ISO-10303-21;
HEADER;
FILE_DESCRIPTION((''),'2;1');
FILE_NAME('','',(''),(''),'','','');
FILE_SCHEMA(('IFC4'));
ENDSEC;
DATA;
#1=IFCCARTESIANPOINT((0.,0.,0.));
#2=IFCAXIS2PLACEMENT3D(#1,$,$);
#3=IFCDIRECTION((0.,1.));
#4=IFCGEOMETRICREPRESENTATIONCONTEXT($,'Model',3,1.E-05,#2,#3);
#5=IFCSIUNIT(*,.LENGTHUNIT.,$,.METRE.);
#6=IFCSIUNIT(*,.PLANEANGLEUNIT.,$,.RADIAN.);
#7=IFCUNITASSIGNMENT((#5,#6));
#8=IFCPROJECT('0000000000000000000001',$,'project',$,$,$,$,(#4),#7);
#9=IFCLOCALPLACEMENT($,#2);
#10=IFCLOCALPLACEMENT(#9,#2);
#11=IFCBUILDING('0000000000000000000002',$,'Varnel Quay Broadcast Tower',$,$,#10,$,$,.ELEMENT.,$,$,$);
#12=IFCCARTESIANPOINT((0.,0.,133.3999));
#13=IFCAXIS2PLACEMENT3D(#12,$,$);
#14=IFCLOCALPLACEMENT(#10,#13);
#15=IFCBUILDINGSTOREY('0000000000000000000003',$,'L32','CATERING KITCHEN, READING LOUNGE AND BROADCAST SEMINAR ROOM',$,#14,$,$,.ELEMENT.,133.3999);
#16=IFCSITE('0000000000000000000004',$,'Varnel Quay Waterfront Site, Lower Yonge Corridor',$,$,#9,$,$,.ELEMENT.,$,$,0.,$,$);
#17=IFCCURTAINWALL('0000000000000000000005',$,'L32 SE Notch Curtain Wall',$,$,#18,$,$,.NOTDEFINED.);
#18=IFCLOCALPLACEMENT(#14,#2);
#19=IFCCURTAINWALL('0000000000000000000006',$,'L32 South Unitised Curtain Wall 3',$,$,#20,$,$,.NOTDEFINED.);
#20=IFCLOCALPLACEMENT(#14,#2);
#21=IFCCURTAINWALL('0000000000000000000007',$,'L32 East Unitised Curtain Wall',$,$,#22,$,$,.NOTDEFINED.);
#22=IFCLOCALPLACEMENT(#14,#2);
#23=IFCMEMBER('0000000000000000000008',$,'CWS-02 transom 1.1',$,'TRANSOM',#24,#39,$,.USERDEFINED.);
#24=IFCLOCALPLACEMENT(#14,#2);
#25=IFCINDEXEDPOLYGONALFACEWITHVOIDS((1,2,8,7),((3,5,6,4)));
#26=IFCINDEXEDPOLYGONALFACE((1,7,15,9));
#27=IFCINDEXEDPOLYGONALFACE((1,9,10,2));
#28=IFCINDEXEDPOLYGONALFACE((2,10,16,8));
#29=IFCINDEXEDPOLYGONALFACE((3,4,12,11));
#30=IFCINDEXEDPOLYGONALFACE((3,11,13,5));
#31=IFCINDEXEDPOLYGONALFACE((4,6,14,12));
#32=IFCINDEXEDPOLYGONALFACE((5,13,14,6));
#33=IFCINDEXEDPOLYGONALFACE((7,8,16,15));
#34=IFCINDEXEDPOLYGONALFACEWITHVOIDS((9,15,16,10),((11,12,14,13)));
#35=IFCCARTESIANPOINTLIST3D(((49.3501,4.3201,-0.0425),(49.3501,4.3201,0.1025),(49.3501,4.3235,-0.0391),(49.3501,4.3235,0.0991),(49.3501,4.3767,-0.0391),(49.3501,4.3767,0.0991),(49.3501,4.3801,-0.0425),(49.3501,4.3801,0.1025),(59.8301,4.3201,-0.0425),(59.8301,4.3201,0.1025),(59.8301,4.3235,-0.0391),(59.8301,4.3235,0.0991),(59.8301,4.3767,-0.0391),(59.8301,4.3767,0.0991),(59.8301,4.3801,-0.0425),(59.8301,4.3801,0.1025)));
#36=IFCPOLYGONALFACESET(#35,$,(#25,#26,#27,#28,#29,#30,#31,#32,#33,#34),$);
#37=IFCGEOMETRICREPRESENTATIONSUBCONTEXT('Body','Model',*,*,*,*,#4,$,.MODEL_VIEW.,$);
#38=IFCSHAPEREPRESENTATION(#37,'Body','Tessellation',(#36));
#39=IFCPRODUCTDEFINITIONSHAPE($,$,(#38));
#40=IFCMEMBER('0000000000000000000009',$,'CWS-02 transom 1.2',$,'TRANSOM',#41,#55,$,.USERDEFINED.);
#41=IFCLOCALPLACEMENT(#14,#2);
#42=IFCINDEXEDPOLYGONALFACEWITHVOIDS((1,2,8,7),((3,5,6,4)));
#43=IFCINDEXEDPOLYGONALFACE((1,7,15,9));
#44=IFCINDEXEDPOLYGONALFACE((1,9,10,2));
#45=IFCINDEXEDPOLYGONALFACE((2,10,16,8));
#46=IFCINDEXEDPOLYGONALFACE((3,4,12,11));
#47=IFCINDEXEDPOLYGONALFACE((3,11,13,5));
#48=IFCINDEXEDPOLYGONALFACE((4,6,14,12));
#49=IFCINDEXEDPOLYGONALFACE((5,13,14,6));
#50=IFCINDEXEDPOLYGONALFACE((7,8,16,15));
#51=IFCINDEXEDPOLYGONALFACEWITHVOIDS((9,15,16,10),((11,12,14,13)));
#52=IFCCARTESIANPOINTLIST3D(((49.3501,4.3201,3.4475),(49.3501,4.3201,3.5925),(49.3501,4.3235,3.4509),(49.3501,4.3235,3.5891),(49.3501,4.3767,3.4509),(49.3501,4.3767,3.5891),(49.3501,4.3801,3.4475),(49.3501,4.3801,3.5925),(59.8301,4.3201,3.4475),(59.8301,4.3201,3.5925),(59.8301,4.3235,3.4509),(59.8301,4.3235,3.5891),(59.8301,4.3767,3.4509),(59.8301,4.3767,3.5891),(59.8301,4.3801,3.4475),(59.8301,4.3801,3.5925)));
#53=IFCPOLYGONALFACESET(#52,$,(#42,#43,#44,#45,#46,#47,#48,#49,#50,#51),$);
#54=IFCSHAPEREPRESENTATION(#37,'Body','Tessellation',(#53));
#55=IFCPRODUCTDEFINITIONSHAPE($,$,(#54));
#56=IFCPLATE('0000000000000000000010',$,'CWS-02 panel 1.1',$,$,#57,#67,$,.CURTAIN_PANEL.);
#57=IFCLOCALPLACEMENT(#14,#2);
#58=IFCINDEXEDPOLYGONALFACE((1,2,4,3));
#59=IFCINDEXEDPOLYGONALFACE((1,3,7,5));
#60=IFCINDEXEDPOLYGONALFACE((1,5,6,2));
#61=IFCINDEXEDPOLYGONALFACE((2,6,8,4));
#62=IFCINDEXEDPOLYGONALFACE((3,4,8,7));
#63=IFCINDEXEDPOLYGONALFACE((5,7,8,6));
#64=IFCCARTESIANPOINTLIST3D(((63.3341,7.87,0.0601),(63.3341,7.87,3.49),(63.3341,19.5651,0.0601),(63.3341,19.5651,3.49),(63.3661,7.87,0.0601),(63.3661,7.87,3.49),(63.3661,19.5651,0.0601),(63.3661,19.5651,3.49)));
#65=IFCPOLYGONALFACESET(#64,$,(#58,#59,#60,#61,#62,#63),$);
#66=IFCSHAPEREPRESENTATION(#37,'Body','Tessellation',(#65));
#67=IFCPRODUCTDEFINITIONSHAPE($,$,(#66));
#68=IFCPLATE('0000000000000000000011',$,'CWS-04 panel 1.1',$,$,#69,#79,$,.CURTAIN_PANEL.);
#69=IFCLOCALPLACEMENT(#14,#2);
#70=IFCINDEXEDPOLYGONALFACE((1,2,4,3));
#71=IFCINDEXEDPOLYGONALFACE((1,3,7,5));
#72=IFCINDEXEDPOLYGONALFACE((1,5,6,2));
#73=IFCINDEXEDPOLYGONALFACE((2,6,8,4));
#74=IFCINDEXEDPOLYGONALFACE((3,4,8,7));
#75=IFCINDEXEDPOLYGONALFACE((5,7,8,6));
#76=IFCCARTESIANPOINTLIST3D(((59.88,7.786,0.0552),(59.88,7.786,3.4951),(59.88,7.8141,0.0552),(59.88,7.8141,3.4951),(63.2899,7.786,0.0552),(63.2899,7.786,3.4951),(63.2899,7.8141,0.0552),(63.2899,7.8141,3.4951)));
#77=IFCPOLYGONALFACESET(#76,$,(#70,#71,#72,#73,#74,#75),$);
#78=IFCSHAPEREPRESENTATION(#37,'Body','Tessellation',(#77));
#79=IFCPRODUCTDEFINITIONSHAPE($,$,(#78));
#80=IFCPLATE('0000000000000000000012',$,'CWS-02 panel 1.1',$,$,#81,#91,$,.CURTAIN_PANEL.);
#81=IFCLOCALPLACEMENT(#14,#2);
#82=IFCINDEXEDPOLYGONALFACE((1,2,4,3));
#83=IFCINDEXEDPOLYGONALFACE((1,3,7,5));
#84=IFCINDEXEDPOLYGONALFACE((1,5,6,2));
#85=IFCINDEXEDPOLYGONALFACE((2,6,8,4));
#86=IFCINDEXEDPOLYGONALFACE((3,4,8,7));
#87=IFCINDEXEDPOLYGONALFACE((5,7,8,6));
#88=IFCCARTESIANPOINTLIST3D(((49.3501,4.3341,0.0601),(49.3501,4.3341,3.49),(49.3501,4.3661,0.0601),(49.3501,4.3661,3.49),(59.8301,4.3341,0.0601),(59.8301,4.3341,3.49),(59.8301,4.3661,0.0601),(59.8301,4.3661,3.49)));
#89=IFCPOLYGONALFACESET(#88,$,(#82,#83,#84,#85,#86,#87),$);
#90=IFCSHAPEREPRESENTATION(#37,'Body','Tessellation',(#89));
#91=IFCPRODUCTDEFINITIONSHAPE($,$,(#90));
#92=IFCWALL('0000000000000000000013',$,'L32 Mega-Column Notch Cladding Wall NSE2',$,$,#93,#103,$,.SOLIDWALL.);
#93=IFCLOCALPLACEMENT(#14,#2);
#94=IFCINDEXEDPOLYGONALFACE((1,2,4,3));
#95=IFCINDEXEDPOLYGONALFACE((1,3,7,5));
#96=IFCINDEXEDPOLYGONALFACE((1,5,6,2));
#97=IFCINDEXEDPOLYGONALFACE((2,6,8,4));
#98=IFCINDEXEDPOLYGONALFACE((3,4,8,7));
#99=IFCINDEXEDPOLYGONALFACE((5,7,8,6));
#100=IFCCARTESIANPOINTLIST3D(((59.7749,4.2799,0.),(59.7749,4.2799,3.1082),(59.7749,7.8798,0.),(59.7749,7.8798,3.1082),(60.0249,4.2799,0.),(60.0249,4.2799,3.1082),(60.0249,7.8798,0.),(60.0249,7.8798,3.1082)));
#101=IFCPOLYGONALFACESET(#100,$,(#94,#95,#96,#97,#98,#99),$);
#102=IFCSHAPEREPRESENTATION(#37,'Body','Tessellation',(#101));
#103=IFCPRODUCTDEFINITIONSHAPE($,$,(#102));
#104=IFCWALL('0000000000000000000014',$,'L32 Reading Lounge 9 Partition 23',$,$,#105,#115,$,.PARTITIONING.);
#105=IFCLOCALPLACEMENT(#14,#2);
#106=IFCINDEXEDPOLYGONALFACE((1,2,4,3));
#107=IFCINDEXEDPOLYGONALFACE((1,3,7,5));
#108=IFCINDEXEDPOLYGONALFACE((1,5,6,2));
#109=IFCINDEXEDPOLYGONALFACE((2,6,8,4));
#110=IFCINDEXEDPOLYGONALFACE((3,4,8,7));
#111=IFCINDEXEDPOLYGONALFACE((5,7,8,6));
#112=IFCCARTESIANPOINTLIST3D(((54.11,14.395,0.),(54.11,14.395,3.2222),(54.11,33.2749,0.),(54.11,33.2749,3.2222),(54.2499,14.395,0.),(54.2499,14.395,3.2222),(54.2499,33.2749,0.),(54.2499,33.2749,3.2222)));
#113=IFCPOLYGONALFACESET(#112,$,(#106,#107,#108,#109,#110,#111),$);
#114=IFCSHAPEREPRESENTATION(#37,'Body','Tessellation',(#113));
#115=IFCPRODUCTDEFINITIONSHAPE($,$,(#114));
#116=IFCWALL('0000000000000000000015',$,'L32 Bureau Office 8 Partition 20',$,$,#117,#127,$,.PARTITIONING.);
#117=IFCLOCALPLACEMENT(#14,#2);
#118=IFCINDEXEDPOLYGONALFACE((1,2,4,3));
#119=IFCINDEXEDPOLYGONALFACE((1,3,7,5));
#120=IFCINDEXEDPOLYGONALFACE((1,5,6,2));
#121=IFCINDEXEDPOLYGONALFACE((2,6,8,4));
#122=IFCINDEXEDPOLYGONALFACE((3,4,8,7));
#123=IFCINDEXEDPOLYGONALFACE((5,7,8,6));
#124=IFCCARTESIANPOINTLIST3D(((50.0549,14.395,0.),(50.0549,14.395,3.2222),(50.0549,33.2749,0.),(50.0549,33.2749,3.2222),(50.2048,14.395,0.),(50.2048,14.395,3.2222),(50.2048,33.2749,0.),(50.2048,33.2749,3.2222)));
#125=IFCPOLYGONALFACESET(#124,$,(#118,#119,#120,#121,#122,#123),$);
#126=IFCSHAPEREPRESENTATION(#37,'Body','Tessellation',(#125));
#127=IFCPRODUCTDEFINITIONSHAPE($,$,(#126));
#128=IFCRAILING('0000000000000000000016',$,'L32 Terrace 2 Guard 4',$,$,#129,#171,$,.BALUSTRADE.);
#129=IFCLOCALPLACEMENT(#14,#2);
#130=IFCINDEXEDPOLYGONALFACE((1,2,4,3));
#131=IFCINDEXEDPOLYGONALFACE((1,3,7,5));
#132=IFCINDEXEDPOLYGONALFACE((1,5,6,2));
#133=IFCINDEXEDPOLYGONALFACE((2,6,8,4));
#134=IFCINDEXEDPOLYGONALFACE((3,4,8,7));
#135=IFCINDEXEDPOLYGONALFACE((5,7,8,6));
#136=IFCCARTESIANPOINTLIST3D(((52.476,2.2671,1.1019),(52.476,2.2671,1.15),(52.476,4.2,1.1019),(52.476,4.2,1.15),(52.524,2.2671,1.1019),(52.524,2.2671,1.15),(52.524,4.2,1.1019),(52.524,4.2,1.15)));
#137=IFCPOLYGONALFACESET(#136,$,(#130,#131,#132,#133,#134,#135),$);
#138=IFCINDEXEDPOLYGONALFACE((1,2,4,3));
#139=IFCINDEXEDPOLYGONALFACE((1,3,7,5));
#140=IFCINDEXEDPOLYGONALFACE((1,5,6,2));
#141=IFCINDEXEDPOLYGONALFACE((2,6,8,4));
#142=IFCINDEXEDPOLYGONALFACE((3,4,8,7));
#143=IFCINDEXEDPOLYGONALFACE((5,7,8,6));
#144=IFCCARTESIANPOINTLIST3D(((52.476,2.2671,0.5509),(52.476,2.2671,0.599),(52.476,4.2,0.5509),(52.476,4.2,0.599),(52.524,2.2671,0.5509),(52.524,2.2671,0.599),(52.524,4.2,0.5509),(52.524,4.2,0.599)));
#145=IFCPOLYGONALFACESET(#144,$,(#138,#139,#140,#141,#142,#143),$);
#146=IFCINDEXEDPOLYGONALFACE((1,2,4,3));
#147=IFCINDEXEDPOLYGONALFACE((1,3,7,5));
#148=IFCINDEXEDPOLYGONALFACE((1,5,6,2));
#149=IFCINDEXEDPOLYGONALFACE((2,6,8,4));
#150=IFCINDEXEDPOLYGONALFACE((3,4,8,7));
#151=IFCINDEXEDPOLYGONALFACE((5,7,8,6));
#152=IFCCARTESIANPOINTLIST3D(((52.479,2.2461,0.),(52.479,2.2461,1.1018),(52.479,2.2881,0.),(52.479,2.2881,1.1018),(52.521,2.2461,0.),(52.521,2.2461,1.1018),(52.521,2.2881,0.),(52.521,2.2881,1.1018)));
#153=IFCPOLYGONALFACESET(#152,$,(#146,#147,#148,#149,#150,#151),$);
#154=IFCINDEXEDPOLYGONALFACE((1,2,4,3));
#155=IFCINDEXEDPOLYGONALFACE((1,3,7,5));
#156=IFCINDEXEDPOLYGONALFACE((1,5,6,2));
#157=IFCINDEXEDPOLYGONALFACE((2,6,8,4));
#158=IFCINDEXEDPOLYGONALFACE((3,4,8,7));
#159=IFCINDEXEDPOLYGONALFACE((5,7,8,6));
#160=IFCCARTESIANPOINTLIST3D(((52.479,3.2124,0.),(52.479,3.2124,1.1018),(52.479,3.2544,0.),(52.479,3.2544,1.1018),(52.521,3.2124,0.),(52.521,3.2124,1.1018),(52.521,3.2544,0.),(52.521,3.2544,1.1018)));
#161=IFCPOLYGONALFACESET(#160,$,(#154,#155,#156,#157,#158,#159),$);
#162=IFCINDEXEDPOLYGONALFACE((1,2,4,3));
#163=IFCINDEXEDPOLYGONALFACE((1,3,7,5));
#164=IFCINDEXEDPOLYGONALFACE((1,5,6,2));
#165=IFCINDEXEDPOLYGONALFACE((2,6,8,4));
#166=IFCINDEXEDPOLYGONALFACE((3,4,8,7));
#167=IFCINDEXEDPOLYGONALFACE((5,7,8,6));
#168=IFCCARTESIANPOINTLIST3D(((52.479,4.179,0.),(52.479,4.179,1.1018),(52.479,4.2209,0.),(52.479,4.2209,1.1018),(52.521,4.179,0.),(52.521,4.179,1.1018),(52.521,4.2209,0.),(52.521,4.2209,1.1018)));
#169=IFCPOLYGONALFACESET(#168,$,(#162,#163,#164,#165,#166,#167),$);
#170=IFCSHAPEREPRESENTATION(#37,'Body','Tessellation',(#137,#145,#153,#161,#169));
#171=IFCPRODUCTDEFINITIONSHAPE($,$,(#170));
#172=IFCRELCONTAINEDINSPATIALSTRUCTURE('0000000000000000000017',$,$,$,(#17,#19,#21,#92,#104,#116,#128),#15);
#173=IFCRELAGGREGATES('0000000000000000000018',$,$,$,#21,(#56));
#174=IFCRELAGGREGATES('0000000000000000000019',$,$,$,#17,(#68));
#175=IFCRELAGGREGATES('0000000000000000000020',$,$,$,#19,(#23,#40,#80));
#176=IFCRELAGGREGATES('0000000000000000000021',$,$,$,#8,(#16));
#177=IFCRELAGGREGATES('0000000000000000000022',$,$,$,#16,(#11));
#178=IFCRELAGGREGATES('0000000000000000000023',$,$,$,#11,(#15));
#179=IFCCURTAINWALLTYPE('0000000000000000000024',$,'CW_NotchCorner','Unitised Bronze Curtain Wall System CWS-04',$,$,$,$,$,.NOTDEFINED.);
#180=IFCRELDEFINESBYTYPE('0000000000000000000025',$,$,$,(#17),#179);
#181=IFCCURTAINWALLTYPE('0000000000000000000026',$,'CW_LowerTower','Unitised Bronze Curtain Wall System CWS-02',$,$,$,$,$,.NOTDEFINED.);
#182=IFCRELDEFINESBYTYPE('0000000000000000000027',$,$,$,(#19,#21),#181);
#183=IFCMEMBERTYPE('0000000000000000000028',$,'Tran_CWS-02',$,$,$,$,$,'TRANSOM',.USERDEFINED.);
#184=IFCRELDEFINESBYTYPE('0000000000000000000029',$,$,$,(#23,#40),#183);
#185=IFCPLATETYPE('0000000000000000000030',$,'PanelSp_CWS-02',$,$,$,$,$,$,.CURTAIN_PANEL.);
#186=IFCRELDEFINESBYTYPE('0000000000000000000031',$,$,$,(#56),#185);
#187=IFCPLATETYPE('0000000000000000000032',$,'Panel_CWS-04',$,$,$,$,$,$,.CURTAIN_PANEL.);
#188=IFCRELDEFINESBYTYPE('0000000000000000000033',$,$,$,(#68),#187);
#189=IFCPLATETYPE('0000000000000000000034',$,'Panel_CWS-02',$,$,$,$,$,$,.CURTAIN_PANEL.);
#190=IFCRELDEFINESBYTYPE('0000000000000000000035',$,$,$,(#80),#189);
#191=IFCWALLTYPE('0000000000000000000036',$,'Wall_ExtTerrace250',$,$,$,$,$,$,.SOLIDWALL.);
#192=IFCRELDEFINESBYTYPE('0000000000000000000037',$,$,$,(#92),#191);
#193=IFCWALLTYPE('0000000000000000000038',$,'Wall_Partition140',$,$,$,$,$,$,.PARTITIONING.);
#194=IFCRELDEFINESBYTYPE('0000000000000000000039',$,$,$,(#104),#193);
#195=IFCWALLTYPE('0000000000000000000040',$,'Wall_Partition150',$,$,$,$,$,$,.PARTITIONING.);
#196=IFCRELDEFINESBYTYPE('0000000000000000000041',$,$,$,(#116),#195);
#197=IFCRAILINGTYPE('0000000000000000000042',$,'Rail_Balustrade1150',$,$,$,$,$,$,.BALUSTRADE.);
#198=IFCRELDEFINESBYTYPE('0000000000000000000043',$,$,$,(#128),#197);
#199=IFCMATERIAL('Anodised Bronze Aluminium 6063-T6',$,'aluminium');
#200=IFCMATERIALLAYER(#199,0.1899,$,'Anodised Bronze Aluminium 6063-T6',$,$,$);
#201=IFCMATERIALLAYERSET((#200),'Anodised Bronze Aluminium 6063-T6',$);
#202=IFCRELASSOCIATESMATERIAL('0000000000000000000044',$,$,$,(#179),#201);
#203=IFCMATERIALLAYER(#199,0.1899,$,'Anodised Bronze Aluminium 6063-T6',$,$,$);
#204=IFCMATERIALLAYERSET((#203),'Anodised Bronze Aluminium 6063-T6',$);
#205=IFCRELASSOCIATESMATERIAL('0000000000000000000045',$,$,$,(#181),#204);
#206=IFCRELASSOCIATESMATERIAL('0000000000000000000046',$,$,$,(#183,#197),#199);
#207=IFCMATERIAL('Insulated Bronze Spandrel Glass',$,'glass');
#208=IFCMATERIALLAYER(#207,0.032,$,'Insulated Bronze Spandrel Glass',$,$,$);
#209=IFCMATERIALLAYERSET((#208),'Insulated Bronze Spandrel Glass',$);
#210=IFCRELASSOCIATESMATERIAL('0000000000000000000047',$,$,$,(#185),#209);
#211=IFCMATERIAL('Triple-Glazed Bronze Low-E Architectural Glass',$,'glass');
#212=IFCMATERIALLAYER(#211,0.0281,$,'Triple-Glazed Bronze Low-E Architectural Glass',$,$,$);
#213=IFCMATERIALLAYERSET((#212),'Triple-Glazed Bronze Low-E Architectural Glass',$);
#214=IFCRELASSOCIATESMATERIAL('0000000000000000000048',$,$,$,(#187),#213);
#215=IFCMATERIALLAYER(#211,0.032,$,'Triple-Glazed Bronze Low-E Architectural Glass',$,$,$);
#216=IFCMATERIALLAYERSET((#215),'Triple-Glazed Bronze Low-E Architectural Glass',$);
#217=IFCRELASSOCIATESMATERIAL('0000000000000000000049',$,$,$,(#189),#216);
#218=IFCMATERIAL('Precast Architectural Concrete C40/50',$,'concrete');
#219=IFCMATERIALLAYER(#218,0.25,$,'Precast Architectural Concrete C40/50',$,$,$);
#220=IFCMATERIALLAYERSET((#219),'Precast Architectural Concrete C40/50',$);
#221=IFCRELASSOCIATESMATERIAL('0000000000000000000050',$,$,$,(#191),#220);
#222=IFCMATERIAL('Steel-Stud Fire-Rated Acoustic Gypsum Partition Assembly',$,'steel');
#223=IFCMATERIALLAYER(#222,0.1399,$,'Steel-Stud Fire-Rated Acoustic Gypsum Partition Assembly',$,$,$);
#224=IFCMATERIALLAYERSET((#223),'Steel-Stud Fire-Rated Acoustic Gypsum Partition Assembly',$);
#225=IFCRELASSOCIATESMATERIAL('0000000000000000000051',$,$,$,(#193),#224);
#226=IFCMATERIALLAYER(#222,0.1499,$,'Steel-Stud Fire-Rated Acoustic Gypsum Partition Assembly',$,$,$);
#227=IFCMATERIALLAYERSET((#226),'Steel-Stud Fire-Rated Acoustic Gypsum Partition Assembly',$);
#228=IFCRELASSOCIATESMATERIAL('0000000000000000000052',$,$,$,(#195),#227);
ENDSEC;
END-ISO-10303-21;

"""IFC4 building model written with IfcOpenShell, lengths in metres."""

from ifc_helpers import new_model, si_unit, direction, frame, frame_2d, origin, origin_2d, place, context, subcontext, project, spatial, rectangle, hollow_rectangle, extrude, source, transform, mapped, material, layer, layer_set, material_profile, profile_set, type_object, type_shapes, element, aggregate, save


model = new_model("IFC4")

# Units and contexts
model_context = context("Model", 3, precision=1e-05, world=origin(), true_north=direction((0.0, 1.0)))
body_context = subcontext(model_context, "Body", "Model", "MODEL_VIEW")
ifc_project = project(units=[si_unit("LENGTHUNIT", "METRE"), si_unit("PLANEANGLEUNIT", "RADIAN")], contexts=[model_context])

# Site, building, storey
site_placement = place(None, origin())
site = spatial("IfcSite", under=ifc_project, at=site_placement, Name="Varnel Quay Waterfront Site, Lower Yonge Corridor", CompositionType="ELEMENT", RefElevation=0.0)
building_placement = place(site_placement, origin())
building = spatial("IfcBuilding", under=site, at=building_placement, Name="Varnel Quay Broadcast Tower", CompositionType="ELEMENT")
storey_placement = place(building_placement, frame((0.0, 0.0, 133.3999)))
storey = spatial("IfcBuildingStorey", under=building, at=storey_placement, Name="L32", Description="CATERING KITCHEN, READING LOUNGE AND BROADCAST SEMINAR ROOM", CompositionType="ELEMENT", Elevation=133.3999)

# Curtain walls
ifc_material_1 = material(Name="Anodised Bronze Aluminium 6063-T6", Category="aluminium")
ifc_layer_1 = layer(ifc_material_1, 0.1899, Name="Anodised Bronze Aluminium 6063-T6")
ifc_layer_set_1 = layer_set([ifc_layer_1], Name="Anodised Bronze Aluminium 6063-T6")
curtain_wall_type_1 = type_object("IfcCurtainWallType", Name="CW_NotchCorner", Description="Unitised Bronze Curtain Wall System CWS-04", PredefinedType="NOTDEFINED", material=ifc_layer_set_1)
curtain_wall_1_placement = place(storey_placement, origin())
curtain_wall_1 = element("IfcCurtainWall", 1, at=curtain_wall_1_placement, inside=storey, type_object=curtain_wall_type_1, Name="L32 SE Notch Curtain Wall", PredefinedType="NOTDEFINED")
ifc_layer_2 = layer(ifc_material_1, 0.1899, Name="Anodised Bronze Aluminium 6063-T6")
ifc_layer_set_2 = layer_set([ifc_layer_2], Name="Anodised Bronze Aluminium 6063-T6")
curtain_wall_type_2 = type_object("IfcCurtainWallType", Name="CW_LowerTower", Description="Unitised Bronze Curtain Wall System CWS-02", PredefinedType="NOTDEFINED", material=ifc_layer_set_2)
curtain_wall_2_placement = place(storey_placement, origin())
curtain_wall_2 = element("IfcCurtainWall", 2, at=curtain_wall_2_placement, inside=storey, type_object=curtain_wall_type_2, Name="L32 South Unitised Curtain Wall 3", PredefinedType="NOTDEFINED")
curtain_wall_3_placement = place(storey_placement, origin())
curtain_wall_3 = element("IfcCurtainWall", 3, at=curtain_wall_3_placement, inside=storey, type_object=curtain_wall_type_2, Name="L32 East Unitised Curtain Wall", PredefinedType="NOTDEFINED")
ifc_material_profile_1 = material_profile(ifc_material_1, hollow_rectangle(XDim=0.0601, YDim=0.145, WallThickness=0.0034, at=origin_2d()), Name="ALU60X145X3.5")
ifc_profile_set_1 = profile_set([ifc_material_profile_1], Name="Anodised Bronze Aluminium 6063-T6")
member_type_1 = type_object("IfcMemberType", Name="Tran_CWS-02", ElementType="TRANSOM", PredefinedType="USERDEFINED", material=ifc_profile_set_1)

# Members
shared_shape_1 = source(origin(), body_context, "Body", "SweptSolid", [
    extrude(hollow_rectangle(XDim=0.0601, YDim=0.145, WallThickness=0.0034, at=origin_2d()), origin(), (0.0, 0.0, 1.0), 10.48),
])
member_1_placement = place(storey_placement, frame((49.3501, 4.3501, 0.03), z_axis=(1.0, 0.0, 0.0), x_axis=(0.0, 1.0, 0.0)))
member_1 = element("IfcMember", 4, at=member_1_placement, type_object=member_type_1, Name="CWS-02 transom 1.1", ObjectType="TRANSOM", PredefinedType="USERDEFINED", context=body_context, shape_type="MappedRepresentation", body=[
    mapped(shared_shape_1, transform((0.0, 0.0, 0.0), x_axis=(1.0, 0.0, 0.0), y_axis=(0.0, 1.0, 0.0), z_axis=(0.0, 0.0, 1.0), scale=1.0)),
])
member_2_placement = place(storey_placement, frame((49.3501, 4.3501, 3.52), z_axis=(1.0, 0.0, 0.0), x_axis=(0.0, 1.0, 0.0)))
member_2 = element("IfcMember", 5, at=member_2_placement, type_object=member_type_1, Name="CWS-02 transom 1.2", ObjectType="TRANSOM", PredefinedType="USERDEFINED", context=body_context, shape_type="MappedRepresentation", body=[
    mapped(shared_shape_1, transform((0.0, 0.0, 0.0), x_axis=(1.0, 0.0, 0.0), y_axis=(0.0, 1.0, 0.0), z_axis=(0.0, 0.0, 1.0), scale=1.0)),
])

# Plates
ifc_material_2 = material(Name="Insulated Bronze Spandrel Glass", Category="glass")
ifc_layer_3 = layer(ifc_material_2, 0.032, Name="Insulated Bronze Spandrel Glass")
ifc_layer_set_3 = layer_set([ifc_layer_3], Name="Insulated Bronze Spandrel Glass")
plate_type_1 = type_object("IfcPlateType", Name="PanelSp_CWS-02", PredefinedType="CURTAIN_PANEL", material=ifc_layer_set_3)
shared_shape_2 = source(origin(), body_context, "Body", "SweptSolid", [
    extrude(rectangle(XDim=11.6951, YDim=0.032, at=origin_2d()), origin(), (0.0, 0.0, 1.0), 3.4299),
])
type_shapes(plate_type_1, [shared_shape_2])
plate_1_placement = place(storey_placement, frame((63.3501, 13.7175, 0.0601), z_axis=(0.0, 0.0, 1.0), x_axis=(0.0, 1.0, 0.0)))
plate_1 = element("IfcPlate", 6, at=plate_1_placement, type_object=plate_type_1, Name="CWS-02 panel 1.1", PredefinedType="CURTAIN_PANEL", context=body_context, shape_type="MappedRepresentation", body=[
    mapped(shared_shape_2, transform((0.0, 0.0, 0.0), x_axis=(1.0, 0.0, 0.0), y_axis=(0.0, 1.0, 0.0), z_axis=(0.0, 0.0, 1.0), scale=1.0)),
])
aggregate(curtain_wall_3, [plate_1])
ifc_material_3 = material(Name="Triple-Glazed Bronze Low-E Architectural Glass", Category="glass")
ifc_layer_4 = layer(ifc_material_3, 0.0281, Name="Triple-Glazed Bronze Low-E Architectural Glass")
ifc_layer_set_4 = layer_set([ifc_layer_4], Name="Triple-Glazed Bronze Low-E Architectural Glass")
plate_type_2 = type_object("IfcPlateType", Name="Panel_CWS-04", PredefinedType="CURTAIN_PANEL", material=ifc_layer_set_4)
shared_shape_3 = source(origin(), body_context, "Body", "SweptSolid", [
    extrude(rectangle(XDim=3.4099, YDim=0.0281, at=origin_2d()), origin(), (0.0, 0.0, 1.0), 3.4399),
])
type_shapes(plate_type_2, [shared_shape_3])
plate_2_placement = place(storey_placement, frame((61.585, 7.8, 0.0552), z_axis=(0.0, 0.0, 1.0), x_axis=(1.0, 0.0, 0.0)))
plate_2 = element("IfcPlate", 7, at=plate_2_placement, type_object=plate_type_2, Name="CWS-04 panel 1.1", PredefinedType="CURTAIN_PANEL", context=body_context, shape_type="MappedRepresentation", body=[
    mapped(shared_shape_3, transform((0.0, 0.0, 0.0), x_axis=(1.0, 0.0, 0.0), y_axis=(0.0, 1.0, 0.0), z_axis=(0.0, 0.0, 1.0), scale=1.0)),
])
aggregate(curtain_wall_1, [plate_2])
ifc_layer_5 = layer(ifc_material_3, 0.032, Name="Triple-Glazed Bronze Low-E Architectural Glass")
ifc_layer_set_5 = layer_set([ifc_layer_5], Name="Triple-Glazed Bronze Low-E Architectural Glass")
plate_type_3 = type_object("IfcPlateType", Name="Panel_CWS-02", PredefinedType="CURTAIN_PANEL", material=ifc_layer_set_5)
shared_shape_4 = source(origin(), body_context, "Body", "SweptSolid", [
    extrude(rectangle(XDim=10.48, YDim=0.032, at=origin_2d()), origin(), (0.0, 0.0, 1.0), 3.4299),
])
type_shapes(plate_type_3, [shared_shape_4])
plate_3_placement = place(storey_placement, frame((54.5901, 4.3501, 0.0601), z_axis=(0.0, 0.0, 1.0), x_axis=(1.0, 0.0, 0.0)))
plate_3 = element("IfcPlate", 8, at=plate_3_placement, type_object=plate_type_3, Name="CWS-02 panel 1.1", PredefinedType="CURTAIN_PANEL", context=body_context, shape_type="MappedRepresentation", body=[
    mapped(shared_shape_4, transform((0.0, 0.0, 0.0), x_axis=(1.0, 0.0, 0.0), y_axis=(0.0, 1.0, 0.0), z_axis=(0.0, 0.0, 1.0), scale=1.0)),
])
aggregate(curtain_wall_2, [member_1, member_2, plate_3])

# Walls
ifc_material_4 = material(Name="Precast Architectural Concrete C40/50", Category="concrete")
ifc_layer_6 = layer(ifc_material_4, 0.25, Name="Precast Architectural Concrete C40/50")
ifc_layer_set_6 = layer_set([ifc_layer_6], Name="Precast Architectural Concrete C40/50")
wall_type_1 = type_object("IfcWallType", Name="Wall_ExtTerrace250", PredefinedType="SOLIDWALL", material=ifc_layer_set_6)
wall_1_placement = place(storey_placement, frame((59.8999, 4.28, 0.0), z_axis=(0.0, 0.0, 1.0), x_axis=(0.0, 1.0, 0.0)))
element("IfcWall", 9, at=wall_1_placement, inside=storey, type_object=wall_type_1, Name="L32 Mega-Column Notch Cladding Wall NSE2", PredefinedType="SOLIDWALL", context=body_context, shape_type="SweptSolid", body=[
    extrude(rectangle(XDim=3.5999, YDim=0.25, at=frame_2d((1.7998, 0.0))), origin(), (0.0, 0.0, 1.0), 3.1082),
])
ifc_material_5 = material(Name="Steel-Stud Fire-Rated Acoustic Gypsum Partition Assembly", Category="steel")
ifc_layer_7 = layer(ifc_material_5, 0.1399, Name="Steel-Stud Fire-Rated Acoustic Gypsum Partition Assembly")
ifc_layer_set_7 = layer_set([ifc_layer_7], Name="Steel-Stud Fire-Rated Acoustic Gypsum Partition Assembly")
wall_type_2 = type_object("IfcWallType", Name="Wall_Partition140", PredefinedType="PARTITIONING", material=ifc_layer_set_7)
wall_2_placement = place(storey_placement, frame((54.1799, 14.395, 0.0), z_axis=(0.0, 0.0, 1.0), x_axis=(0.0, 1.0, 0.0)))
element("IfcWall", 10, at=wall_2_placement, inside=storey, type_object=wall_type_2, Name="L32 Reading Lounge 9 Partition 23", PredefinedType="PARTITIONING", context=body_context, shape_type="SweptSolid", body=[
    extrude(rectangle(XDim=18.8799, YDim=0.1399, at=frame_2d((9.4399, 0.0))), origin(), (0.0, 0.0, 1.0), 3.2222),
])
ifc_layer_8 = layer(ifc_material_5, 0.1499, Name="Steel-Stud Fire-Rated Acoustic Gypsum Partition Assembly")
ifc_layer_set_8 = layer_set([ifc_layer_8], Name="Steel-Stud Fire-Rated Acoustic Gypsum Partition Assembly")
wall_type_3 = type_object("IfcWallType", Name="Wall_Partition150", PredefinedType="PARTITIONING", material=ifc_layer_set_8)
wall_3_placement = place(storey_placement, frame((50.1299, 14.395, 0.0), z_axis=(0.0, 0.0, 1.0), x_axis=(0.0, 1.0, 0.0)))
element("IfcWall", 11, at=wall_3_placement, inside=storey, type_object=wall_type_3, Name="L32 Bureau Office 8 Partition 20", PredefinedType="PARTITIONING", context=body_context, shape_type="SweptSolid", body=[
    extrude(rectangle(XDim=18.8799, YDim=0.1499, at=frame_2d((9.4399, 0.0))), origin(), (0.0, 0.0, 1.0), 3.2222),
])

# Railing
railing_type = type_object("IfcRailingType", Name="Rail_Balustrade1150", PredefinedType="BALUSTRADE", material=ifc_material_1)
railing_placement = place(storey_placement, frame((52.5, 2.2671, 0.0)))
element("IfcRailing", 12, at=railing_placement, inside=storey, type_object=railing_type, Name="L32 Terrace 2 Guard 4", PredefinedType="BALUSTRADE", context=body_context, shape_type="SweptSolid", body=[
    extrude(rectangle(XDim=0.0481, YDim=0.0481, at=origin_2d()), frame((0.0, 0.0, 1.126), z_axis=(0.0, 1.0, 0.0), x_axis=(-1.0, 0.0, 0.0)), (0.0, 0.0, 1.0), 1.9329),
    extrude(rectangle(XDim=0.0481, YDim=0.0481, at=origin_2d()), frame((0.0, 0.0, 0.575), z_axis=(0.0, 1.0, 0.0), x_axis=(-1.0, 0.0, 0.0)), (0.0, 0.0, 1.0), 1.9329),
    extrude(rectangle(XDim=0.042, YDim=0.042, at=origin_2d()), origin(), (0.0, 0.0, 1.0), 1.1018),
    extrude(rectangle(XDim=0.042, YDim=0.042, at=origin_2d()), frame((0.0, 0.9663, 0.0)), (0.0, 0.0, 1.0), 1.1018),
    extrude(rectangle(XDim=0.042, YDim=0.042, at=origin_2d()), frame((0.0, 1.9329, 0.0)), (0.0, 0.0, 1.0), 1.1018),
])

save(model, "model.ifc")
